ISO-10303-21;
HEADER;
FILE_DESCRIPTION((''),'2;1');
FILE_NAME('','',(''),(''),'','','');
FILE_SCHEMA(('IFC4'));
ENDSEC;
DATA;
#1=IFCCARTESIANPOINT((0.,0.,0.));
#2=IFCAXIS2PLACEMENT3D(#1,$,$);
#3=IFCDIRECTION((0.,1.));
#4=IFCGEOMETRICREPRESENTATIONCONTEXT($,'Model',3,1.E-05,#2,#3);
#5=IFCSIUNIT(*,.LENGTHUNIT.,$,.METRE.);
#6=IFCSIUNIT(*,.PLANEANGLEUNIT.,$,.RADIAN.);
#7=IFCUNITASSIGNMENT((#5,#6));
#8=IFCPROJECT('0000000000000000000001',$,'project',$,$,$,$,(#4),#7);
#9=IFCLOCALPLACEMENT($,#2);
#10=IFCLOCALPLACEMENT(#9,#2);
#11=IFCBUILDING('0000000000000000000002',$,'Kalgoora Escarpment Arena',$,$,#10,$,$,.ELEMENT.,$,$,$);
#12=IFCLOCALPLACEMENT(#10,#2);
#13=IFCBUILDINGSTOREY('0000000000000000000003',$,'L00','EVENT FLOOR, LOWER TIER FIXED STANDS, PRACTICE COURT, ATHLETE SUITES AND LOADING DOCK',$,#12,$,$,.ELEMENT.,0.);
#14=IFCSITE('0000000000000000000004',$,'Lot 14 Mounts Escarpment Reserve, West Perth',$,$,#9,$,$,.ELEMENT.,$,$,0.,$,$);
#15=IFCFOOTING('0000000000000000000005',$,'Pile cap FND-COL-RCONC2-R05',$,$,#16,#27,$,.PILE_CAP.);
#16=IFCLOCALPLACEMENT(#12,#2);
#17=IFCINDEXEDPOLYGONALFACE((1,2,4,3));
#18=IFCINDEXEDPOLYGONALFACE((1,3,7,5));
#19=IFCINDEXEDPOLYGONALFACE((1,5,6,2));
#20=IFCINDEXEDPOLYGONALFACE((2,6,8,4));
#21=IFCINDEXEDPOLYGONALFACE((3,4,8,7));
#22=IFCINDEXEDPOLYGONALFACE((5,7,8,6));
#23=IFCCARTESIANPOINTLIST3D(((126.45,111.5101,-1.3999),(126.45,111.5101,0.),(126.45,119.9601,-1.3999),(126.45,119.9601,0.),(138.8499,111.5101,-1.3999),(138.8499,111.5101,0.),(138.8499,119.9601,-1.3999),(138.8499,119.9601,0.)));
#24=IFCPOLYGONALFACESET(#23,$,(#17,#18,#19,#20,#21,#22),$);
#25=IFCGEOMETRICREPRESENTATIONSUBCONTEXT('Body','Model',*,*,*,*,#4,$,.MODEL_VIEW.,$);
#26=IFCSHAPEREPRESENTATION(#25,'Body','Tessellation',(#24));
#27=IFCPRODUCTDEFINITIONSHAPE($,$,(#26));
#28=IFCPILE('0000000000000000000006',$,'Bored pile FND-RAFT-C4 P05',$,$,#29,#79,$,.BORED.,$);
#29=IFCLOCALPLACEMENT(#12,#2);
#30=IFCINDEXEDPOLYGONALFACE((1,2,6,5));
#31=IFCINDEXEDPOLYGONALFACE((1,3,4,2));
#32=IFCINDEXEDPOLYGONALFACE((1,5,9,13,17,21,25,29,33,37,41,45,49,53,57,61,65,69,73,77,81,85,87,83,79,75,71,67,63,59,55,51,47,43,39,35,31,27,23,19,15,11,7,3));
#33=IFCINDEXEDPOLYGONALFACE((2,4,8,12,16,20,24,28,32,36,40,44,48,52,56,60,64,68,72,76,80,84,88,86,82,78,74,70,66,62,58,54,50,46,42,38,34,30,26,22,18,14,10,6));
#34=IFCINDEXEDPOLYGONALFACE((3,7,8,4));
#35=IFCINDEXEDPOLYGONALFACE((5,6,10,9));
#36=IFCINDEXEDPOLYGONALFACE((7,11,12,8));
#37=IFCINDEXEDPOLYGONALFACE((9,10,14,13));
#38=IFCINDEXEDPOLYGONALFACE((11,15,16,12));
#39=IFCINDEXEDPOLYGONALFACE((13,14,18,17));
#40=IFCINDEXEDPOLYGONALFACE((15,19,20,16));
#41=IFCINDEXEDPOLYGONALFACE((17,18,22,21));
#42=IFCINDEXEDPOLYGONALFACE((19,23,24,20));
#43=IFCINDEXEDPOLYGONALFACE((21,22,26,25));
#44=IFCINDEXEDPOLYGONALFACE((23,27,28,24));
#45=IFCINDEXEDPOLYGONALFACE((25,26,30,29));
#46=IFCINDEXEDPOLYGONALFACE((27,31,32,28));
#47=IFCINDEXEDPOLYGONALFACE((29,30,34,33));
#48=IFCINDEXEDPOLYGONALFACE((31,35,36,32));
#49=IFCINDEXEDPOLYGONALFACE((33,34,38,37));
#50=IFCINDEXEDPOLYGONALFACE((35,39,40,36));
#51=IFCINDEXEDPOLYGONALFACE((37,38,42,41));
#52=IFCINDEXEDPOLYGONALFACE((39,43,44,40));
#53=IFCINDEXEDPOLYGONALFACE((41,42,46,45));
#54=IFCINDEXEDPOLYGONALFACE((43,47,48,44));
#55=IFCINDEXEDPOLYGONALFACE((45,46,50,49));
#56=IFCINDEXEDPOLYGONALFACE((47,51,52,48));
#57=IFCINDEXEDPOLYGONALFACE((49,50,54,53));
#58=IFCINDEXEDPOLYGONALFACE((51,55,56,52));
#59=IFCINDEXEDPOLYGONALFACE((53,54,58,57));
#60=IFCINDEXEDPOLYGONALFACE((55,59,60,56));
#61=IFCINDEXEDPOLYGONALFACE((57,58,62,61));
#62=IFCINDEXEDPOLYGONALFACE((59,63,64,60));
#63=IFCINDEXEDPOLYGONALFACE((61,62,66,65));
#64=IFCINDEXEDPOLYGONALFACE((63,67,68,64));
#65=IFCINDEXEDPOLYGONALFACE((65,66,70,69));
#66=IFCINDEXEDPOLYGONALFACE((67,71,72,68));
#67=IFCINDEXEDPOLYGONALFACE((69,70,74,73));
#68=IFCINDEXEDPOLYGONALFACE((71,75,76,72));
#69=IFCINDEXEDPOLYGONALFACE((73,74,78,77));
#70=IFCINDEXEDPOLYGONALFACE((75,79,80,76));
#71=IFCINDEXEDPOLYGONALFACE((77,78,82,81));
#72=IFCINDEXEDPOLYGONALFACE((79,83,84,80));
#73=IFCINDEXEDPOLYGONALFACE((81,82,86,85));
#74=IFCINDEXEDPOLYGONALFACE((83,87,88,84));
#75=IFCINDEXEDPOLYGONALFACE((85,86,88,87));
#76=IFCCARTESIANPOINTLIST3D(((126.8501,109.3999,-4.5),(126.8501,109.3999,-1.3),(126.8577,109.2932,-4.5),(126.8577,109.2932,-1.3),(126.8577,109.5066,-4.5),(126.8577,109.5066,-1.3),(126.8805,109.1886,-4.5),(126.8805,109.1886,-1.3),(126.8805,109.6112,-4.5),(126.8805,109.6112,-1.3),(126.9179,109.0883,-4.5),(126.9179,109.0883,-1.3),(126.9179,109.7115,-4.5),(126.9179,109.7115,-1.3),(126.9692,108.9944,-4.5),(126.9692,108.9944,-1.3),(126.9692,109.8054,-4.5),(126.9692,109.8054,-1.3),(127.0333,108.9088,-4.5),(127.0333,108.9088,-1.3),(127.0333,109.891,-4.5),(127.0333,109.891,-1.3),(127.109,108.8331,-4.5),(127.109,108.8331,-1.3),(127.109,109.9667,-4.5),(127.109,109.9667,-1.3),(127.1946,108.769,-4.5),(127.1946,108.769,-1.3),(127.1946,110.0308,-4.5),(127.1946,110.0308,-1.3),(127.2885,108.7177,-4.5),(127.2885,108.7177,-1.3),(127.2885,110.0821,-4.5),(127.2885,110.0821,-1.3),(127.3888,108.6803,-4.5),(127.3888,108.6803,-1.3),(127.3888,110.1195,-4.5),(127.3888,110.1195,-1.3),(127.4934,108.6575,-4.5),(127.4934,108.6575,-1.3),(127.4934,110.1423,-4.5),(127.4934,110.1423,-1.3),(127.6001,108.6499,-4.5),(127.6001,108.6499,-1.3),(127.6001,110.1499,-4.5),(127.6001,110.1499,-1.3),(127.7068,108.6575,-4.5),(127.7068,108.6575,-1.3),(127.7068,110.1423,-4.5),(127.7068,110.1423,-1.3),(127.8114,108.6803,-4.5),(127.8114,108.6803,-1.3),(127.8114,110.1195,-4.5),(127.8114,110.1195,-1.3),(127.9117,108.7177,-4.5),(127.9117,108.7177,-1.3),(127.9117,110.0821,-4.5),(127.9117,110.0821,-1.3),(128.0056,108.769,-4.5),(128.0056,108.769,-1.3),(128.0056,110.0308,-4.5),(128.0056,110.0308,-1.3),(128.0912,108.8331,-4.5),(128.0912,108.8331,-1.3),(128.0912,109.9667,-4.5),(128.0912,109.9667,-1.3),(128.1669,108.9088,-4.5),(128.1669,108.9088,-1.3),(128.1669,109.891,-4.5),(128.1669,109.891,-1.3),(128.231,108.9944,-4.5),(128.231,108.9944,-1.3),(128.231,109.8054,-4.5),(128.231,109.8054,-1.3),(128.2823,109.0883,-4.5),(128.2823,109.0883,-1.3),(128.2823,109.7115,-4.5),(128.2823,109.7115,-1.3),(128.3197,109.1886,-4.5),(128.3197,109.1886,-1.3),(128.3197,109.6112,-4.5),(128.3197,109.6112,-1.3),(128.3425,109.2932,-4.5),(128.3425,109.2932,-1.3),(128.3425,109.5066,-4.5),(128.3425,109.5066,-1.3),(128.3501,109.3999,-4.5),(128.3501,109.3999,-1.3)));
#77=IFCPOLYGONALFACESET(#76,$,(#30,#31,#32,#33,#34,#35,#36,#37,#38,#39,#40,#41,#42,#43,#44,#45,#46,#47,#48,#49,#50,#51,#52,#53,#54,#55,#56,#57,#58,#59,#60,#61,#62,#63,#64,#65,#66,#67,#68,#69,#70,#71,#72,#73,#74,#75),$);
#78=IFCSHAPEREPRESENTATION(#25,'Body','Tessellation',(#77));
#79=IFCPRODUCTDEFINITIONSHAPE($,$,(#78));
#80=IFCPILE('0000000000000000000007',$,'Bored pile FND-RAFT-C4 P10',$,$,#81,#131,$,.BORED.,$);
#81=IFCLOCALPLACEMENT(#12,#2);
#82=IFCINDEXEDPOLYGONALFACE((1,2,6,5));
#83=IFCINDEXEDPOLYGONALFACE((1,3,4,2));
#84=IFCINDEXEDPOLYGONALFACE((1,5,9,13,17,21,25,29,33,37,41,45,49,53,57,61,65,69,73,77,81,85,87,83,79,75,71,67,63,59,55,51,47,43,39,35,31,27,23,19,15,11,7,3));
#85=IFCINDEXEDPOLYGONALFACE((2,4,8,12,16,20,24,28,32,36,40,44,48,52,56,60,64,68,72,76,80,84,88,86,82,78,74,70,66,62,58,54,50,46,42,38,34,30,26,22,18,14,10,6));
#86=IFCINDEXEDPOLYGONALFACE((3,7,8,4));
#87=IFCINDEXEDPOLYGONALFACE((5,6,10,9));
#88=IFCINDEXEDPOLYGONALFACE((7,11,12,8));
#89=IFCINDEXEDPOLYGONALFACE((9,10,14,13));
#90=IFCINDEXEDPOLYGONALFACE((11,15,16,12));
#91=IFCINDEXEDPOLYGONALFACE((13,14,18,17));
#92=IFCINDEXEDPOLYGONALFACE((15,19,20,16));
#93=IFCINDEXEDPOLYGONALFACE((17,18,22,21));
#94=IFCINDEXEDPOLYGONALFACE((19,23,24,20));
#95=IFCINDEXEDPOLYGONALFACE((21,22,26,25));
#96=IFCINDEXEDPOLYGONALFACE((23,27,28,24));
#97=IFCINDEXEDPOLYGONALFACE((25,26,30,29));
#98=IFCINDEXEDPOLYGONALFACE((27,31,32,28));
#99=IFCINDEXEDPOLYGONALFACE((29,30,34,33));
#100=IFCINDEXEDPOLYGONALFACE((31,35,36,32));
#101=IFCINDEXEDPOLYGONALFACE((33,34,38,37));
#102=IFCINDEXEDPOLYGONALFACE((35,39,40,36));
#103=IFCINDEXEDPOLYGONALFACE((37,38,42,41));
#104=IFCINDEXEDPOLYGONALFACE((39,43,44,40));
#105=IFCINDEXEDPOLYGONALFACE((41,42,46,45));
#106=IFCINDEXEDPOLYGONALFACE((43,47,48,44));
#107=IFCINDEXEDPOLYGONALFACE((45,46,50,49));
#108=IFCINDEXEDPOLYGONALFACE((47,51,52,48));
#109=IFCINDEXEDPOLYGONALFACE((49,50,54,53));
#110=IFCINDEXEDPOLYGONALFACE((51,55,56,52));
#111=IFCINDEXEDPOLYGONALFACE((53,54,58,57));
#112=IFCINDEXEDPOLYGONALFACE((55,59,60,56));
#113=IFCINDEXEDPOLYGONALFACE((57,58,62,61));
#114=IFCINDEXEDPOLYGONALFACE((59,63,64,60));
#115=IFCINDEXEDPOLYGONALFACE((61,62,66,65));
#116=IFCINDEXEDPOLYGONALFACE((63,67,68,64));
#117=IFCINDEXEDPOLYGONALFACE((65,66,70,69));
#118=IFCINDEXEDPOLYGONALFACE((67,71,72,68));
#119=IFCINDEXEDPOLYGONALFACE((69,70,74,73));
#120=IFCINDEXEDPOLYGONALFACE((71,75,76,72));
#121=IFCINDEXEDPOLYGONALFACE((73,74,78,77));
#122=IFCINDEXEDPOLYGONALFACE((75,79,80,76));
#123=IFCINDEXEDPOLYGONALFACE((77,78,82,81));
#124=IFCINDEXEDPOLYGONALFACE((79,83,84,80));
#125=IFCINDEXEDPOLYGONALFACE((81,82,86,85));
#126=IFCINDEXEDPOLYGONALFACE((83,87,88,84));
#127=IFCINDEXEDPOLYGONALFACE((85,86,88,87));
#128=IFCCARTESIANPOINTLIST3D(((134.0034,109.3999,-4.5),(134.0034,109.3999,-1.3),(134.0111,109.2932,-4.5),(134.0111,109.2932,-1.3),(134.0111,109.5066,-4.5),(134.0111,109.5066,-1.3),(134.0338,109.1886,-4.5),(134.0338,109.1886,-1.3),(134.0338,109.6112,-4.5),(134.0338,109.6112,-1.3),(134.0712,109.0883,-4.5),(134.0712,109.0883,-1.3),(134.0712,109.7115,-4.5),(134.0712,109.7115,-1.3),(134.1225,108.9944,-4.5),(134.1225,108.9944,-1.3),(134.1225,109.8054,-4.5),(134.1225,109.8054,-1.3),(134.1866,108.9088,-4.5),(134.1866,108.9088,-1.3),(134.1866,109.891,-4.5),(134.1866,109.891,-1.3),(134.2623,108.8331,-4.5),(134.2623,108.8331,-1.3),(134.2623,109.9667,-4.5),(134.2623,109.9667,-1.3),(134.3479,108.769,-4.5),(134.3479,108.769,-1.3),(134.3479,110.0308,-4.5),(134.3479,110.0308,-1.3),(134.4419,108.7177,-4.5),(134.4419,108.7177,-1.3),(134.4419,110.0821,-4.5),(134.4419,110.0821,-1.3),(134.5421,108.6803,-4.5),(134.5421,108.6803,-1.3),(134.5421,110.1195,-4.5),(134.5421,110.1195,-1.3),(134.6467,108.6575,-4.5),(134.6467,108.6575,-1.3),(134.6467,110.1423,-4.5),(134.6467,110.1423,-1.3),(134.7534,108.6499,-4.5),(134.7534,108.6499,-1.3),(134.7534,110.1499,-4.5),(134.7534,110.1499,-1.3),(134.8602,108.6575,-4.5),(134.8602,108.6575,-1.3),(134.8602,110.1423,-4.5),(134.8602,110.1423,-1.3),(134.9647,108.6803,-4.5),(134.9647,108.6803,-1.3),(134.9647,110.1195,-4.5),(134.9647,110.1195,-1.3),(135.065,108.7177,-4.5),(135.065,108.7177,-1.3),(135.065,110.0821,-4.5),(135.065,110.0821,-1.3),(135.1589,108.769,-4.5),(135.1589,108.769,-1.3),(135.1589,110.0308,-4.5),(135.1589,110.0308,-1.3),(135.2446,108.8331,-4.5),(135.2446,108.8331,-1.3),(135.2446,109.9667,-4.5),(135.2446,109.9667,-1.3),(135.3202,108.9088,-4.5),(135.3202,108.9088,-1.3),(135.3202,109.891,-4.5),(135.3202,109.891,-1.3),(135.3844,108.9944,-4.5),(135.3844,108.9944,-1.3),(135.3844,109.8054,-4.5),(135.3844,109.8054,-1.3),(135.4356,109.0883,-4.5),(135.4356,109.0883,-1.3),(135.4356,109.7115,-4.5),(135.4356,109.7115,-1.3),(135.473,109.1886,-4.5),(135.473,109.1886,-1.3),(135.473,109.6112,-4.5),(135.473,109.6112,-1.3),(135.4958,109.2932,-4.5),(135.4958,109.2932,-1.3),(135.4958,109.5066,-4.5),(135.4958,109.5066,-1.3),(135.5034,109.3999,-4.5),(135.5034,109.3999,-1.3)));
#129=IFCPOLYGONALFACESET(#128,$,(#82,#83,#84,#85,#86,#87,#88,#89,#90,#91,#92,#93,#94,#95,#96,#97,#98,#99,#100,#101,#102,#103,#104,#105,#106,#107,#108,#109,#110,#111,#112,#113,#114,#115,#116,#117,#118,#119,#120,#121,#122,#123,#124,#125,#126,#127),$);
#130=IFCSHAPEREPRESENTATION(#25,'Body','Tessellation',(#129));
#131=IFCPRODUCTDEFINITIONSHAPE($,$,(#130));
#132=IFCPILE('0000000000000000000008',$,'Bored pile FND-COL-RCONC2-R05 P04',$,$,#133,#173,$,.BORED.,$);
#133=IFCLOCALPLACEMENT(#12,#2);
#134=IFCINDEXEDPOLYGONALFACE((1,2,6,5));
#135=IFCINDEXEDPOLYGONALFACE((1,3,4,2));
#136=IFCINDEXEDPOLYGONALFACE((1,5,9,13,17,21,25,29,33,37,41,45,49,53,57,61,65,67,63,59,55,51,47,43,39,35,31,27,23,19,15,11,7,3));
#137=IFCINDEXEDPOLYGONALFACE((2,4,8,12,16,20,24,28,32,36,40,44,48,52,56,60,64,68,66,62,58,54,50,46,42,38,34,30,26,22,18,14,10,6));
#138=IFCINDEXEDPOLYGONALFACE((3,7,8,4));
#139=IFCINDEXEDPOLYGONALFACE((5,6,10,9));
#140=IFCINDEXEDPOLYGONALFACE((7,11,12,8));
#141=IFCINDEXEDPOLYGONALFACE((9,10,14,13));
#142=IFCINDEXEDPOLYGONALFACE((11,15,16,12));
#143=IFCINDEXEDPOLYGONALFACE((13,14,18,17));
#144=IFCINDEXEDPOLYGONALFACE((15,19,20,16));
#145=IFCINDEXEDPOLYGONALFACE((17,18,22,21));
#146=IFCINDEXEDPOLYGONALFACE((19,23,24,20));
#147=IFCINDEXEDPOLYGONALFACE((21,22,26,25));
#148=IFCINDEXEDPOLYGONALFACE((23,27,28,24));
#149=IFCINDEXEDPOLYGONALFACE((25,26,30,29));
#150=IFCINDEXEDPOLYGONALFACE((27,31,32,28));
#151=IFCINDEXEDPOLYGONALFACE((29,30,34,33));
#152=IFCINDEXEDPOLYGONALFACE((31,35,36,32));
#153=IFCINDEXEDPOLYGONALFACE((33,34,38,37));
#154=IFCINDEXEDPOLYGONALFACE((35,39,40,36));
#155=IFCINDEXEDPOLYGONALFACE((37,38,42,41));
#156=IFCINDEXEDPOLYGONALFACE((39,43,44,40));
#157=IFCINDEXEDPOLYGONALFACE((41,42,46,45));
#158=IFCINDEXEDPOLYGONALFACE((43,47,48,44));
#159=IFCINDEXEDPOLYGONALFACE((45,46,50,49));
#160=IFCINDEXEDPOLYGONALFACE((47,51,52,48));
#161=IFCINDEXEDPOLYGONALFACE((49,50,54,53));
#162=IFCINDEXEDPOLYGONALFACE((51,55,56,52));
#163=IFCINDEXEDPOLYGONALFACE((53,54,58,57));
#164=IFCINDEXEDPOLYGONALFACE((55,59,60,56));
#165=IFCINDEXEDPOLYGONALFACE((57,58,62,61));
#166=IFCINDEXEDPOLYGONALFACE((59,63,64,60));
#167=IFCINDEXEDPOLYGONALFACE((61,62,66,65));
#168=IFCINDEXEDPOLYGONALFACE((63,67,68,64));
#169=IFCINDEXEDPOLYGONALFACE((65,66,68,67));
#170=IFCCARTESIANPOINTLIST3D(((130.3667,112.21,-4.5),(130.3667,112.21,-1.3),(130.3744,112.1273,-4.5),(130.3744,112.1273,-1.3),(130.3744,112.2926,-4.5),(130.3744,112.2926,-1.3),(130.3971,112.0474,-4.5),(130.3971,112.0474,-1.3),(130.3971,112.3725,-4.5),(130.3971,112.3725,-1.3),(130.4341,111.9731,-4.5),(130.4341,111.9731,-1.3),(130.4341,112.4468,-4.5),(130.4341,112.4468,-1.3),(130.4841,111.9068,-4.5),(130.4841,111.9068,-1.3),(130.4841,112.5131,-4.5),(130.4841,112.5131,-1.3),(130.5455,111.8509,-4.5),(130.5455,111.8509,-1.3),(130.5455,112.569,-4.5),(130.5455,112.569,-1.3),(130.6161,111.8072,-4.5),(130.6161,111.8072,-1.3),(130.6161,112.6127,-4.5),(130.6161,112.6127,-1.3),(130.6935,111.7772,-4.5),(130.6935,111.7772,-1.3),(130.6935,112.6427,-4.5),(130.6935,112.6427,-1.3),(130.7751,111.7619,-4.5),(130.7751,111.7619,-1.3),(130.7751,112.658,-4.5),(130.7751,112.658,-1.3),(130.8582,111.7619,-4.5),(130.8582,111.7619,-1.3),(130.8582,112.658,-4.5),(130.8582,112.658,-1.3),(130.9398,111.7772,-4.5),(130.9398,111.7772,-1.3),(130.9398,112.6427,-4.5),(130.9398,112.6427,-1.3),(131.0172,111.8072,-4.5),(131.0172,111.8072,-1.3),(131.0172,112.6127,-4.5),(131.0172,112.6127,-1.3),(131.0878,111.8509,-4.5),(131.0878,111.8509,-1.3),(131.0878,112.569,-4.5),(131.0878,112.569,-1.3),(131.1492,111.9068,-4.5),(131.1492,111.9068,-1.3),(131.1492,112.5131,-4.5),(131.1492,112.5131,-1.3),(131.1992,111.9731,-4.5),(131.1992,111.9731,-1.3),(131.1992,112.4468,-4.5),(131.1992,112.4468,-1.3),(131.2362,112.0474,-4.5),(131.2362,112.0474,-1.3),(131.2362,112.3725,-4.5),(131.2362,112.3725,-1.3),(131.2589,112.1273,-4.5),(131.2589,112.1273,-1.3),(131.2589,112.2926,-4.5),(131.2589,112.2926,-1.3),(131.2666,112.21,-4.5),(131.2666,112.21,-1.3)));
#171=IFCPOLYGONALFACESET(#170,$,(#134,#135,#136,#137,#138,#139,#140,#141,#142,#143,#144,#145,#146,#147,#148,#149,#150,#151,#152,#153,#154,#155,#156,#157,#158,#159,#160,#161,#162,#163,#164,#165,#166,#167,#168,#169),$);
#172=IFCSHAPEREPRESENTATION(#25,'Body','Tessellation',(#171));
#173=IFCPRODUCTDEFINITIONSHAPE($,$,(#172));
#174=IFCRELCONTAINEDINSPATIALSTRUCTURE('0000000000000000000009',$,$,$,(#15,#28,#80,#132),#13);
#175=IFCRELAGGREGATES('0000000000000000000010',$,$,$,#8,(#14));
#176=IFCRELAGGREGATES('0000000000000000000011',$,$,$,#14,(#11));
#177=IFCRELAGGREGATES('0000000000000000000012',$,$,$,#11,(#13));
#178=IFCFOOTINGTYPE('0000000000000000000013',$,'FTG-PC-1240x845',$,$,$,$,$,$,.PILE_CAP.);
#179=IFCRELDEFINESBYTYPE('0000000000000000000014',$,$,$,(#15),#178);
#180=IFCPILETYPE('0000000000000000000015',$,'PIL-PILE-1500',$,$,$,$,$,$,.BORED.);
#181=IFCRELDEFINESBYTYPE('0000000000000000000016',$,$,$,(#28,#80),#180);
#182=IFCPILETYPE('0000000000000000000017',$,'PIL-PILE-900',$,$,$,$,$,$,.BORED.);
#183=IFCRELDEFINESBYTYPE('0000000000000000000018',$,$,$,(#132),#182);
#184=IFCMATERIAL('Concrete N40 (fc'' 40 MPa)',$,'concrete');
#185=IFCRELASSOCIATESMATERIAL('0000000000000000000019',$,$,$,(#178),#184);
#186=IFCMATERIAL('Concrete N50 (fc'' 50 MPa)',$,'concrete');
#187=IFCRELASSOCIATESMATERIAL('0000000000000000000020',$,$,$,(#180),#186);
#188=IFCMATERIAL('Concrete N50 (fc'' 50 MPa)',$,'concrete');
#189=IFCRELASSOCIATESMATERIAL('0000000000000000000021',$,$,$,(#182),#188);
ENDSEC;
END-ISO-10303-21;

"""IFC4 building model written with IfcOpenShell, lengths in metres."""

from ifc_helpers import new_model, si_unit, direction, frame, origin, origin_2d, place, context, subcontext, project, spatial, rectangle, circle, extrude, material, material_profile, profile_set, type_object, element, save


model = new_model("IFC4")

# Units and contexts
model_context = context("Model", 3, precision=1e-05, world=origin(), true_north=direction((0.0, 1.0)))
body_context = subcontext(model_context, "Body", "Model", "MODEL_VIEW")
ifc_project = project(units=[si_unit("LENGTHUNIT", "METRE"), si_unit("PLANEANGLEUNIT", "RADIAN")], contexts=[model_context])

# Site, building, storey
site_placement = place(None, origin())
site = spatial("IfcSite", under=ifc_project, at=site_placement, Name="Lot 14 Mounts Escarpment Reserve, West Perth", CompositionType="ELEMENT", RefElevation=0.0)
building_placement = place(site_placement, origin())
building = spatial("IfcBuilding", under=site, at=building_placement, Name="Kalgoora Escarpment Arena", CompositionType="ELEMENT")
storey_placement = place(building_placement, origin())
storey = spatial("IfcBuildingStorey", under=building, at=storey_placement, Name="L00", Description="EVENT FLOOR, LOWER TIER FIXED STANDS, PRACTICE COURT, ATHLETE SUITES AND LOADING DOCK", CompositionType="ELEMENT", Elevation=0.0)

# Footing
ifc_material_1 = material(Name="Concrete N40 (fc' 40 MPa)", Category="concrete")
footing_type = type_object("IfcFootingType", Name="FTG-PC-1240x845", PredefinedType="PILE_CAP", material=ifc_material_1)
footing_placement = place(storey_placement, frame((132.6499, 115.7351, -1.3999), z_axis=(0.0, 0.0, 1.0), x_axis=(1.0, 0.0, 0.0)))
element("IfcFooting", 1, at=footing_placement, inside=storey, type_object=footing_type, Name="Pile cap FND-COL-RCONC2-R05", PredefinedType="PILE_CAP", context=body_context, shape_type="SweptSolid", body=[
    extrude(rectangle(XDim=12.3999, YDim=8.45, at=origin_2d()), origin(), (0.0, 0.0, 1.0), 1.3999),
])

# Piles
ifc_material_2 = material(Name="Concrete N50 (fc' 50 MPa)", Category="concrete")
ifc_material_profile_1 = material_profile(ifc_material_2, circle(Radius=0.75, at=origin_2d()))
ifc_profile_set_1 = profile_set([ifc_material_profile_1], Name="Concrete N50 (fc' 50 MPa)")
pile_type_1 = type_object("IfcPileType", Name="PIL-PILE-1500", PredefinedType="BORED", material=ifc_profile_set_1)
for number, where, z_axis, x_axis, name in (
    (2, (127.6001, 109.3999, -1.3), (0.0, 0.0, -1.0), (1.0, 0.0, 0.0), "Bored pile FND-RAFT-C4 P05"),
    (3, (134.7534, 109.3999, -1.3), (0.0, 0.0, -1.0), (1.0, 0.0, 0.0), "Bored pile FND-RAFT-C4 P10"),
):
    element("IfcPile", number, at=place(storey_placement, frame(where, z_axis=z_axis, x_axis=x_axis)), inside=storey, type_object=pile_type_1, Name=name, PredefinedType="BORED", context=body_context, shape_type="SweptSolid", body=[
        extrude(circle(Radius=0.75, at=origin_2d()), origin(), (0.0, 0.0, 1.0), 3.2),
    ])
ifc_material_3 = material(Name="Concrete N50 (fc' 50 MPa)", Category="concrete")
ifc_material_profile_2 = material_profile(ifc_material_3, circle(Radius=0.45, at=origin_2d()))
ifc_profile_set_2 = profile_set([ifc_material_profile_2], Name="Concrete N50 (fc' 50 MPa)")
pile_type_2 = type_object("IfcPileType", Name="PIL-PILE-900", PredefinedType="BORED", material=ifc_profile_set_2)
for number, where, z_axis, x_axis, name in (
    (4, (130.8167, 112.21, -1.3), (0.0, 0.0, -1.0), (1.0, 0.0, 0.0), "Bored pile FND-COL-RCONC2-R05 P04"),
):
    element("IfcPile", number, at=place(storey_placement, frame(where, z_axis=z_axis, x_axis=x_axis)), inside=storey, type_object=pile_type_2, Name=name, PredefinedType="BORED", context=body_context, shape_type="SweptSolid", body=[
        extrude(circle(Radius=0.45, at=origin_2d()), origin(), (0.0, 0.0, 1.0), 3.2),
    ])

save(model, "model.ifc")
